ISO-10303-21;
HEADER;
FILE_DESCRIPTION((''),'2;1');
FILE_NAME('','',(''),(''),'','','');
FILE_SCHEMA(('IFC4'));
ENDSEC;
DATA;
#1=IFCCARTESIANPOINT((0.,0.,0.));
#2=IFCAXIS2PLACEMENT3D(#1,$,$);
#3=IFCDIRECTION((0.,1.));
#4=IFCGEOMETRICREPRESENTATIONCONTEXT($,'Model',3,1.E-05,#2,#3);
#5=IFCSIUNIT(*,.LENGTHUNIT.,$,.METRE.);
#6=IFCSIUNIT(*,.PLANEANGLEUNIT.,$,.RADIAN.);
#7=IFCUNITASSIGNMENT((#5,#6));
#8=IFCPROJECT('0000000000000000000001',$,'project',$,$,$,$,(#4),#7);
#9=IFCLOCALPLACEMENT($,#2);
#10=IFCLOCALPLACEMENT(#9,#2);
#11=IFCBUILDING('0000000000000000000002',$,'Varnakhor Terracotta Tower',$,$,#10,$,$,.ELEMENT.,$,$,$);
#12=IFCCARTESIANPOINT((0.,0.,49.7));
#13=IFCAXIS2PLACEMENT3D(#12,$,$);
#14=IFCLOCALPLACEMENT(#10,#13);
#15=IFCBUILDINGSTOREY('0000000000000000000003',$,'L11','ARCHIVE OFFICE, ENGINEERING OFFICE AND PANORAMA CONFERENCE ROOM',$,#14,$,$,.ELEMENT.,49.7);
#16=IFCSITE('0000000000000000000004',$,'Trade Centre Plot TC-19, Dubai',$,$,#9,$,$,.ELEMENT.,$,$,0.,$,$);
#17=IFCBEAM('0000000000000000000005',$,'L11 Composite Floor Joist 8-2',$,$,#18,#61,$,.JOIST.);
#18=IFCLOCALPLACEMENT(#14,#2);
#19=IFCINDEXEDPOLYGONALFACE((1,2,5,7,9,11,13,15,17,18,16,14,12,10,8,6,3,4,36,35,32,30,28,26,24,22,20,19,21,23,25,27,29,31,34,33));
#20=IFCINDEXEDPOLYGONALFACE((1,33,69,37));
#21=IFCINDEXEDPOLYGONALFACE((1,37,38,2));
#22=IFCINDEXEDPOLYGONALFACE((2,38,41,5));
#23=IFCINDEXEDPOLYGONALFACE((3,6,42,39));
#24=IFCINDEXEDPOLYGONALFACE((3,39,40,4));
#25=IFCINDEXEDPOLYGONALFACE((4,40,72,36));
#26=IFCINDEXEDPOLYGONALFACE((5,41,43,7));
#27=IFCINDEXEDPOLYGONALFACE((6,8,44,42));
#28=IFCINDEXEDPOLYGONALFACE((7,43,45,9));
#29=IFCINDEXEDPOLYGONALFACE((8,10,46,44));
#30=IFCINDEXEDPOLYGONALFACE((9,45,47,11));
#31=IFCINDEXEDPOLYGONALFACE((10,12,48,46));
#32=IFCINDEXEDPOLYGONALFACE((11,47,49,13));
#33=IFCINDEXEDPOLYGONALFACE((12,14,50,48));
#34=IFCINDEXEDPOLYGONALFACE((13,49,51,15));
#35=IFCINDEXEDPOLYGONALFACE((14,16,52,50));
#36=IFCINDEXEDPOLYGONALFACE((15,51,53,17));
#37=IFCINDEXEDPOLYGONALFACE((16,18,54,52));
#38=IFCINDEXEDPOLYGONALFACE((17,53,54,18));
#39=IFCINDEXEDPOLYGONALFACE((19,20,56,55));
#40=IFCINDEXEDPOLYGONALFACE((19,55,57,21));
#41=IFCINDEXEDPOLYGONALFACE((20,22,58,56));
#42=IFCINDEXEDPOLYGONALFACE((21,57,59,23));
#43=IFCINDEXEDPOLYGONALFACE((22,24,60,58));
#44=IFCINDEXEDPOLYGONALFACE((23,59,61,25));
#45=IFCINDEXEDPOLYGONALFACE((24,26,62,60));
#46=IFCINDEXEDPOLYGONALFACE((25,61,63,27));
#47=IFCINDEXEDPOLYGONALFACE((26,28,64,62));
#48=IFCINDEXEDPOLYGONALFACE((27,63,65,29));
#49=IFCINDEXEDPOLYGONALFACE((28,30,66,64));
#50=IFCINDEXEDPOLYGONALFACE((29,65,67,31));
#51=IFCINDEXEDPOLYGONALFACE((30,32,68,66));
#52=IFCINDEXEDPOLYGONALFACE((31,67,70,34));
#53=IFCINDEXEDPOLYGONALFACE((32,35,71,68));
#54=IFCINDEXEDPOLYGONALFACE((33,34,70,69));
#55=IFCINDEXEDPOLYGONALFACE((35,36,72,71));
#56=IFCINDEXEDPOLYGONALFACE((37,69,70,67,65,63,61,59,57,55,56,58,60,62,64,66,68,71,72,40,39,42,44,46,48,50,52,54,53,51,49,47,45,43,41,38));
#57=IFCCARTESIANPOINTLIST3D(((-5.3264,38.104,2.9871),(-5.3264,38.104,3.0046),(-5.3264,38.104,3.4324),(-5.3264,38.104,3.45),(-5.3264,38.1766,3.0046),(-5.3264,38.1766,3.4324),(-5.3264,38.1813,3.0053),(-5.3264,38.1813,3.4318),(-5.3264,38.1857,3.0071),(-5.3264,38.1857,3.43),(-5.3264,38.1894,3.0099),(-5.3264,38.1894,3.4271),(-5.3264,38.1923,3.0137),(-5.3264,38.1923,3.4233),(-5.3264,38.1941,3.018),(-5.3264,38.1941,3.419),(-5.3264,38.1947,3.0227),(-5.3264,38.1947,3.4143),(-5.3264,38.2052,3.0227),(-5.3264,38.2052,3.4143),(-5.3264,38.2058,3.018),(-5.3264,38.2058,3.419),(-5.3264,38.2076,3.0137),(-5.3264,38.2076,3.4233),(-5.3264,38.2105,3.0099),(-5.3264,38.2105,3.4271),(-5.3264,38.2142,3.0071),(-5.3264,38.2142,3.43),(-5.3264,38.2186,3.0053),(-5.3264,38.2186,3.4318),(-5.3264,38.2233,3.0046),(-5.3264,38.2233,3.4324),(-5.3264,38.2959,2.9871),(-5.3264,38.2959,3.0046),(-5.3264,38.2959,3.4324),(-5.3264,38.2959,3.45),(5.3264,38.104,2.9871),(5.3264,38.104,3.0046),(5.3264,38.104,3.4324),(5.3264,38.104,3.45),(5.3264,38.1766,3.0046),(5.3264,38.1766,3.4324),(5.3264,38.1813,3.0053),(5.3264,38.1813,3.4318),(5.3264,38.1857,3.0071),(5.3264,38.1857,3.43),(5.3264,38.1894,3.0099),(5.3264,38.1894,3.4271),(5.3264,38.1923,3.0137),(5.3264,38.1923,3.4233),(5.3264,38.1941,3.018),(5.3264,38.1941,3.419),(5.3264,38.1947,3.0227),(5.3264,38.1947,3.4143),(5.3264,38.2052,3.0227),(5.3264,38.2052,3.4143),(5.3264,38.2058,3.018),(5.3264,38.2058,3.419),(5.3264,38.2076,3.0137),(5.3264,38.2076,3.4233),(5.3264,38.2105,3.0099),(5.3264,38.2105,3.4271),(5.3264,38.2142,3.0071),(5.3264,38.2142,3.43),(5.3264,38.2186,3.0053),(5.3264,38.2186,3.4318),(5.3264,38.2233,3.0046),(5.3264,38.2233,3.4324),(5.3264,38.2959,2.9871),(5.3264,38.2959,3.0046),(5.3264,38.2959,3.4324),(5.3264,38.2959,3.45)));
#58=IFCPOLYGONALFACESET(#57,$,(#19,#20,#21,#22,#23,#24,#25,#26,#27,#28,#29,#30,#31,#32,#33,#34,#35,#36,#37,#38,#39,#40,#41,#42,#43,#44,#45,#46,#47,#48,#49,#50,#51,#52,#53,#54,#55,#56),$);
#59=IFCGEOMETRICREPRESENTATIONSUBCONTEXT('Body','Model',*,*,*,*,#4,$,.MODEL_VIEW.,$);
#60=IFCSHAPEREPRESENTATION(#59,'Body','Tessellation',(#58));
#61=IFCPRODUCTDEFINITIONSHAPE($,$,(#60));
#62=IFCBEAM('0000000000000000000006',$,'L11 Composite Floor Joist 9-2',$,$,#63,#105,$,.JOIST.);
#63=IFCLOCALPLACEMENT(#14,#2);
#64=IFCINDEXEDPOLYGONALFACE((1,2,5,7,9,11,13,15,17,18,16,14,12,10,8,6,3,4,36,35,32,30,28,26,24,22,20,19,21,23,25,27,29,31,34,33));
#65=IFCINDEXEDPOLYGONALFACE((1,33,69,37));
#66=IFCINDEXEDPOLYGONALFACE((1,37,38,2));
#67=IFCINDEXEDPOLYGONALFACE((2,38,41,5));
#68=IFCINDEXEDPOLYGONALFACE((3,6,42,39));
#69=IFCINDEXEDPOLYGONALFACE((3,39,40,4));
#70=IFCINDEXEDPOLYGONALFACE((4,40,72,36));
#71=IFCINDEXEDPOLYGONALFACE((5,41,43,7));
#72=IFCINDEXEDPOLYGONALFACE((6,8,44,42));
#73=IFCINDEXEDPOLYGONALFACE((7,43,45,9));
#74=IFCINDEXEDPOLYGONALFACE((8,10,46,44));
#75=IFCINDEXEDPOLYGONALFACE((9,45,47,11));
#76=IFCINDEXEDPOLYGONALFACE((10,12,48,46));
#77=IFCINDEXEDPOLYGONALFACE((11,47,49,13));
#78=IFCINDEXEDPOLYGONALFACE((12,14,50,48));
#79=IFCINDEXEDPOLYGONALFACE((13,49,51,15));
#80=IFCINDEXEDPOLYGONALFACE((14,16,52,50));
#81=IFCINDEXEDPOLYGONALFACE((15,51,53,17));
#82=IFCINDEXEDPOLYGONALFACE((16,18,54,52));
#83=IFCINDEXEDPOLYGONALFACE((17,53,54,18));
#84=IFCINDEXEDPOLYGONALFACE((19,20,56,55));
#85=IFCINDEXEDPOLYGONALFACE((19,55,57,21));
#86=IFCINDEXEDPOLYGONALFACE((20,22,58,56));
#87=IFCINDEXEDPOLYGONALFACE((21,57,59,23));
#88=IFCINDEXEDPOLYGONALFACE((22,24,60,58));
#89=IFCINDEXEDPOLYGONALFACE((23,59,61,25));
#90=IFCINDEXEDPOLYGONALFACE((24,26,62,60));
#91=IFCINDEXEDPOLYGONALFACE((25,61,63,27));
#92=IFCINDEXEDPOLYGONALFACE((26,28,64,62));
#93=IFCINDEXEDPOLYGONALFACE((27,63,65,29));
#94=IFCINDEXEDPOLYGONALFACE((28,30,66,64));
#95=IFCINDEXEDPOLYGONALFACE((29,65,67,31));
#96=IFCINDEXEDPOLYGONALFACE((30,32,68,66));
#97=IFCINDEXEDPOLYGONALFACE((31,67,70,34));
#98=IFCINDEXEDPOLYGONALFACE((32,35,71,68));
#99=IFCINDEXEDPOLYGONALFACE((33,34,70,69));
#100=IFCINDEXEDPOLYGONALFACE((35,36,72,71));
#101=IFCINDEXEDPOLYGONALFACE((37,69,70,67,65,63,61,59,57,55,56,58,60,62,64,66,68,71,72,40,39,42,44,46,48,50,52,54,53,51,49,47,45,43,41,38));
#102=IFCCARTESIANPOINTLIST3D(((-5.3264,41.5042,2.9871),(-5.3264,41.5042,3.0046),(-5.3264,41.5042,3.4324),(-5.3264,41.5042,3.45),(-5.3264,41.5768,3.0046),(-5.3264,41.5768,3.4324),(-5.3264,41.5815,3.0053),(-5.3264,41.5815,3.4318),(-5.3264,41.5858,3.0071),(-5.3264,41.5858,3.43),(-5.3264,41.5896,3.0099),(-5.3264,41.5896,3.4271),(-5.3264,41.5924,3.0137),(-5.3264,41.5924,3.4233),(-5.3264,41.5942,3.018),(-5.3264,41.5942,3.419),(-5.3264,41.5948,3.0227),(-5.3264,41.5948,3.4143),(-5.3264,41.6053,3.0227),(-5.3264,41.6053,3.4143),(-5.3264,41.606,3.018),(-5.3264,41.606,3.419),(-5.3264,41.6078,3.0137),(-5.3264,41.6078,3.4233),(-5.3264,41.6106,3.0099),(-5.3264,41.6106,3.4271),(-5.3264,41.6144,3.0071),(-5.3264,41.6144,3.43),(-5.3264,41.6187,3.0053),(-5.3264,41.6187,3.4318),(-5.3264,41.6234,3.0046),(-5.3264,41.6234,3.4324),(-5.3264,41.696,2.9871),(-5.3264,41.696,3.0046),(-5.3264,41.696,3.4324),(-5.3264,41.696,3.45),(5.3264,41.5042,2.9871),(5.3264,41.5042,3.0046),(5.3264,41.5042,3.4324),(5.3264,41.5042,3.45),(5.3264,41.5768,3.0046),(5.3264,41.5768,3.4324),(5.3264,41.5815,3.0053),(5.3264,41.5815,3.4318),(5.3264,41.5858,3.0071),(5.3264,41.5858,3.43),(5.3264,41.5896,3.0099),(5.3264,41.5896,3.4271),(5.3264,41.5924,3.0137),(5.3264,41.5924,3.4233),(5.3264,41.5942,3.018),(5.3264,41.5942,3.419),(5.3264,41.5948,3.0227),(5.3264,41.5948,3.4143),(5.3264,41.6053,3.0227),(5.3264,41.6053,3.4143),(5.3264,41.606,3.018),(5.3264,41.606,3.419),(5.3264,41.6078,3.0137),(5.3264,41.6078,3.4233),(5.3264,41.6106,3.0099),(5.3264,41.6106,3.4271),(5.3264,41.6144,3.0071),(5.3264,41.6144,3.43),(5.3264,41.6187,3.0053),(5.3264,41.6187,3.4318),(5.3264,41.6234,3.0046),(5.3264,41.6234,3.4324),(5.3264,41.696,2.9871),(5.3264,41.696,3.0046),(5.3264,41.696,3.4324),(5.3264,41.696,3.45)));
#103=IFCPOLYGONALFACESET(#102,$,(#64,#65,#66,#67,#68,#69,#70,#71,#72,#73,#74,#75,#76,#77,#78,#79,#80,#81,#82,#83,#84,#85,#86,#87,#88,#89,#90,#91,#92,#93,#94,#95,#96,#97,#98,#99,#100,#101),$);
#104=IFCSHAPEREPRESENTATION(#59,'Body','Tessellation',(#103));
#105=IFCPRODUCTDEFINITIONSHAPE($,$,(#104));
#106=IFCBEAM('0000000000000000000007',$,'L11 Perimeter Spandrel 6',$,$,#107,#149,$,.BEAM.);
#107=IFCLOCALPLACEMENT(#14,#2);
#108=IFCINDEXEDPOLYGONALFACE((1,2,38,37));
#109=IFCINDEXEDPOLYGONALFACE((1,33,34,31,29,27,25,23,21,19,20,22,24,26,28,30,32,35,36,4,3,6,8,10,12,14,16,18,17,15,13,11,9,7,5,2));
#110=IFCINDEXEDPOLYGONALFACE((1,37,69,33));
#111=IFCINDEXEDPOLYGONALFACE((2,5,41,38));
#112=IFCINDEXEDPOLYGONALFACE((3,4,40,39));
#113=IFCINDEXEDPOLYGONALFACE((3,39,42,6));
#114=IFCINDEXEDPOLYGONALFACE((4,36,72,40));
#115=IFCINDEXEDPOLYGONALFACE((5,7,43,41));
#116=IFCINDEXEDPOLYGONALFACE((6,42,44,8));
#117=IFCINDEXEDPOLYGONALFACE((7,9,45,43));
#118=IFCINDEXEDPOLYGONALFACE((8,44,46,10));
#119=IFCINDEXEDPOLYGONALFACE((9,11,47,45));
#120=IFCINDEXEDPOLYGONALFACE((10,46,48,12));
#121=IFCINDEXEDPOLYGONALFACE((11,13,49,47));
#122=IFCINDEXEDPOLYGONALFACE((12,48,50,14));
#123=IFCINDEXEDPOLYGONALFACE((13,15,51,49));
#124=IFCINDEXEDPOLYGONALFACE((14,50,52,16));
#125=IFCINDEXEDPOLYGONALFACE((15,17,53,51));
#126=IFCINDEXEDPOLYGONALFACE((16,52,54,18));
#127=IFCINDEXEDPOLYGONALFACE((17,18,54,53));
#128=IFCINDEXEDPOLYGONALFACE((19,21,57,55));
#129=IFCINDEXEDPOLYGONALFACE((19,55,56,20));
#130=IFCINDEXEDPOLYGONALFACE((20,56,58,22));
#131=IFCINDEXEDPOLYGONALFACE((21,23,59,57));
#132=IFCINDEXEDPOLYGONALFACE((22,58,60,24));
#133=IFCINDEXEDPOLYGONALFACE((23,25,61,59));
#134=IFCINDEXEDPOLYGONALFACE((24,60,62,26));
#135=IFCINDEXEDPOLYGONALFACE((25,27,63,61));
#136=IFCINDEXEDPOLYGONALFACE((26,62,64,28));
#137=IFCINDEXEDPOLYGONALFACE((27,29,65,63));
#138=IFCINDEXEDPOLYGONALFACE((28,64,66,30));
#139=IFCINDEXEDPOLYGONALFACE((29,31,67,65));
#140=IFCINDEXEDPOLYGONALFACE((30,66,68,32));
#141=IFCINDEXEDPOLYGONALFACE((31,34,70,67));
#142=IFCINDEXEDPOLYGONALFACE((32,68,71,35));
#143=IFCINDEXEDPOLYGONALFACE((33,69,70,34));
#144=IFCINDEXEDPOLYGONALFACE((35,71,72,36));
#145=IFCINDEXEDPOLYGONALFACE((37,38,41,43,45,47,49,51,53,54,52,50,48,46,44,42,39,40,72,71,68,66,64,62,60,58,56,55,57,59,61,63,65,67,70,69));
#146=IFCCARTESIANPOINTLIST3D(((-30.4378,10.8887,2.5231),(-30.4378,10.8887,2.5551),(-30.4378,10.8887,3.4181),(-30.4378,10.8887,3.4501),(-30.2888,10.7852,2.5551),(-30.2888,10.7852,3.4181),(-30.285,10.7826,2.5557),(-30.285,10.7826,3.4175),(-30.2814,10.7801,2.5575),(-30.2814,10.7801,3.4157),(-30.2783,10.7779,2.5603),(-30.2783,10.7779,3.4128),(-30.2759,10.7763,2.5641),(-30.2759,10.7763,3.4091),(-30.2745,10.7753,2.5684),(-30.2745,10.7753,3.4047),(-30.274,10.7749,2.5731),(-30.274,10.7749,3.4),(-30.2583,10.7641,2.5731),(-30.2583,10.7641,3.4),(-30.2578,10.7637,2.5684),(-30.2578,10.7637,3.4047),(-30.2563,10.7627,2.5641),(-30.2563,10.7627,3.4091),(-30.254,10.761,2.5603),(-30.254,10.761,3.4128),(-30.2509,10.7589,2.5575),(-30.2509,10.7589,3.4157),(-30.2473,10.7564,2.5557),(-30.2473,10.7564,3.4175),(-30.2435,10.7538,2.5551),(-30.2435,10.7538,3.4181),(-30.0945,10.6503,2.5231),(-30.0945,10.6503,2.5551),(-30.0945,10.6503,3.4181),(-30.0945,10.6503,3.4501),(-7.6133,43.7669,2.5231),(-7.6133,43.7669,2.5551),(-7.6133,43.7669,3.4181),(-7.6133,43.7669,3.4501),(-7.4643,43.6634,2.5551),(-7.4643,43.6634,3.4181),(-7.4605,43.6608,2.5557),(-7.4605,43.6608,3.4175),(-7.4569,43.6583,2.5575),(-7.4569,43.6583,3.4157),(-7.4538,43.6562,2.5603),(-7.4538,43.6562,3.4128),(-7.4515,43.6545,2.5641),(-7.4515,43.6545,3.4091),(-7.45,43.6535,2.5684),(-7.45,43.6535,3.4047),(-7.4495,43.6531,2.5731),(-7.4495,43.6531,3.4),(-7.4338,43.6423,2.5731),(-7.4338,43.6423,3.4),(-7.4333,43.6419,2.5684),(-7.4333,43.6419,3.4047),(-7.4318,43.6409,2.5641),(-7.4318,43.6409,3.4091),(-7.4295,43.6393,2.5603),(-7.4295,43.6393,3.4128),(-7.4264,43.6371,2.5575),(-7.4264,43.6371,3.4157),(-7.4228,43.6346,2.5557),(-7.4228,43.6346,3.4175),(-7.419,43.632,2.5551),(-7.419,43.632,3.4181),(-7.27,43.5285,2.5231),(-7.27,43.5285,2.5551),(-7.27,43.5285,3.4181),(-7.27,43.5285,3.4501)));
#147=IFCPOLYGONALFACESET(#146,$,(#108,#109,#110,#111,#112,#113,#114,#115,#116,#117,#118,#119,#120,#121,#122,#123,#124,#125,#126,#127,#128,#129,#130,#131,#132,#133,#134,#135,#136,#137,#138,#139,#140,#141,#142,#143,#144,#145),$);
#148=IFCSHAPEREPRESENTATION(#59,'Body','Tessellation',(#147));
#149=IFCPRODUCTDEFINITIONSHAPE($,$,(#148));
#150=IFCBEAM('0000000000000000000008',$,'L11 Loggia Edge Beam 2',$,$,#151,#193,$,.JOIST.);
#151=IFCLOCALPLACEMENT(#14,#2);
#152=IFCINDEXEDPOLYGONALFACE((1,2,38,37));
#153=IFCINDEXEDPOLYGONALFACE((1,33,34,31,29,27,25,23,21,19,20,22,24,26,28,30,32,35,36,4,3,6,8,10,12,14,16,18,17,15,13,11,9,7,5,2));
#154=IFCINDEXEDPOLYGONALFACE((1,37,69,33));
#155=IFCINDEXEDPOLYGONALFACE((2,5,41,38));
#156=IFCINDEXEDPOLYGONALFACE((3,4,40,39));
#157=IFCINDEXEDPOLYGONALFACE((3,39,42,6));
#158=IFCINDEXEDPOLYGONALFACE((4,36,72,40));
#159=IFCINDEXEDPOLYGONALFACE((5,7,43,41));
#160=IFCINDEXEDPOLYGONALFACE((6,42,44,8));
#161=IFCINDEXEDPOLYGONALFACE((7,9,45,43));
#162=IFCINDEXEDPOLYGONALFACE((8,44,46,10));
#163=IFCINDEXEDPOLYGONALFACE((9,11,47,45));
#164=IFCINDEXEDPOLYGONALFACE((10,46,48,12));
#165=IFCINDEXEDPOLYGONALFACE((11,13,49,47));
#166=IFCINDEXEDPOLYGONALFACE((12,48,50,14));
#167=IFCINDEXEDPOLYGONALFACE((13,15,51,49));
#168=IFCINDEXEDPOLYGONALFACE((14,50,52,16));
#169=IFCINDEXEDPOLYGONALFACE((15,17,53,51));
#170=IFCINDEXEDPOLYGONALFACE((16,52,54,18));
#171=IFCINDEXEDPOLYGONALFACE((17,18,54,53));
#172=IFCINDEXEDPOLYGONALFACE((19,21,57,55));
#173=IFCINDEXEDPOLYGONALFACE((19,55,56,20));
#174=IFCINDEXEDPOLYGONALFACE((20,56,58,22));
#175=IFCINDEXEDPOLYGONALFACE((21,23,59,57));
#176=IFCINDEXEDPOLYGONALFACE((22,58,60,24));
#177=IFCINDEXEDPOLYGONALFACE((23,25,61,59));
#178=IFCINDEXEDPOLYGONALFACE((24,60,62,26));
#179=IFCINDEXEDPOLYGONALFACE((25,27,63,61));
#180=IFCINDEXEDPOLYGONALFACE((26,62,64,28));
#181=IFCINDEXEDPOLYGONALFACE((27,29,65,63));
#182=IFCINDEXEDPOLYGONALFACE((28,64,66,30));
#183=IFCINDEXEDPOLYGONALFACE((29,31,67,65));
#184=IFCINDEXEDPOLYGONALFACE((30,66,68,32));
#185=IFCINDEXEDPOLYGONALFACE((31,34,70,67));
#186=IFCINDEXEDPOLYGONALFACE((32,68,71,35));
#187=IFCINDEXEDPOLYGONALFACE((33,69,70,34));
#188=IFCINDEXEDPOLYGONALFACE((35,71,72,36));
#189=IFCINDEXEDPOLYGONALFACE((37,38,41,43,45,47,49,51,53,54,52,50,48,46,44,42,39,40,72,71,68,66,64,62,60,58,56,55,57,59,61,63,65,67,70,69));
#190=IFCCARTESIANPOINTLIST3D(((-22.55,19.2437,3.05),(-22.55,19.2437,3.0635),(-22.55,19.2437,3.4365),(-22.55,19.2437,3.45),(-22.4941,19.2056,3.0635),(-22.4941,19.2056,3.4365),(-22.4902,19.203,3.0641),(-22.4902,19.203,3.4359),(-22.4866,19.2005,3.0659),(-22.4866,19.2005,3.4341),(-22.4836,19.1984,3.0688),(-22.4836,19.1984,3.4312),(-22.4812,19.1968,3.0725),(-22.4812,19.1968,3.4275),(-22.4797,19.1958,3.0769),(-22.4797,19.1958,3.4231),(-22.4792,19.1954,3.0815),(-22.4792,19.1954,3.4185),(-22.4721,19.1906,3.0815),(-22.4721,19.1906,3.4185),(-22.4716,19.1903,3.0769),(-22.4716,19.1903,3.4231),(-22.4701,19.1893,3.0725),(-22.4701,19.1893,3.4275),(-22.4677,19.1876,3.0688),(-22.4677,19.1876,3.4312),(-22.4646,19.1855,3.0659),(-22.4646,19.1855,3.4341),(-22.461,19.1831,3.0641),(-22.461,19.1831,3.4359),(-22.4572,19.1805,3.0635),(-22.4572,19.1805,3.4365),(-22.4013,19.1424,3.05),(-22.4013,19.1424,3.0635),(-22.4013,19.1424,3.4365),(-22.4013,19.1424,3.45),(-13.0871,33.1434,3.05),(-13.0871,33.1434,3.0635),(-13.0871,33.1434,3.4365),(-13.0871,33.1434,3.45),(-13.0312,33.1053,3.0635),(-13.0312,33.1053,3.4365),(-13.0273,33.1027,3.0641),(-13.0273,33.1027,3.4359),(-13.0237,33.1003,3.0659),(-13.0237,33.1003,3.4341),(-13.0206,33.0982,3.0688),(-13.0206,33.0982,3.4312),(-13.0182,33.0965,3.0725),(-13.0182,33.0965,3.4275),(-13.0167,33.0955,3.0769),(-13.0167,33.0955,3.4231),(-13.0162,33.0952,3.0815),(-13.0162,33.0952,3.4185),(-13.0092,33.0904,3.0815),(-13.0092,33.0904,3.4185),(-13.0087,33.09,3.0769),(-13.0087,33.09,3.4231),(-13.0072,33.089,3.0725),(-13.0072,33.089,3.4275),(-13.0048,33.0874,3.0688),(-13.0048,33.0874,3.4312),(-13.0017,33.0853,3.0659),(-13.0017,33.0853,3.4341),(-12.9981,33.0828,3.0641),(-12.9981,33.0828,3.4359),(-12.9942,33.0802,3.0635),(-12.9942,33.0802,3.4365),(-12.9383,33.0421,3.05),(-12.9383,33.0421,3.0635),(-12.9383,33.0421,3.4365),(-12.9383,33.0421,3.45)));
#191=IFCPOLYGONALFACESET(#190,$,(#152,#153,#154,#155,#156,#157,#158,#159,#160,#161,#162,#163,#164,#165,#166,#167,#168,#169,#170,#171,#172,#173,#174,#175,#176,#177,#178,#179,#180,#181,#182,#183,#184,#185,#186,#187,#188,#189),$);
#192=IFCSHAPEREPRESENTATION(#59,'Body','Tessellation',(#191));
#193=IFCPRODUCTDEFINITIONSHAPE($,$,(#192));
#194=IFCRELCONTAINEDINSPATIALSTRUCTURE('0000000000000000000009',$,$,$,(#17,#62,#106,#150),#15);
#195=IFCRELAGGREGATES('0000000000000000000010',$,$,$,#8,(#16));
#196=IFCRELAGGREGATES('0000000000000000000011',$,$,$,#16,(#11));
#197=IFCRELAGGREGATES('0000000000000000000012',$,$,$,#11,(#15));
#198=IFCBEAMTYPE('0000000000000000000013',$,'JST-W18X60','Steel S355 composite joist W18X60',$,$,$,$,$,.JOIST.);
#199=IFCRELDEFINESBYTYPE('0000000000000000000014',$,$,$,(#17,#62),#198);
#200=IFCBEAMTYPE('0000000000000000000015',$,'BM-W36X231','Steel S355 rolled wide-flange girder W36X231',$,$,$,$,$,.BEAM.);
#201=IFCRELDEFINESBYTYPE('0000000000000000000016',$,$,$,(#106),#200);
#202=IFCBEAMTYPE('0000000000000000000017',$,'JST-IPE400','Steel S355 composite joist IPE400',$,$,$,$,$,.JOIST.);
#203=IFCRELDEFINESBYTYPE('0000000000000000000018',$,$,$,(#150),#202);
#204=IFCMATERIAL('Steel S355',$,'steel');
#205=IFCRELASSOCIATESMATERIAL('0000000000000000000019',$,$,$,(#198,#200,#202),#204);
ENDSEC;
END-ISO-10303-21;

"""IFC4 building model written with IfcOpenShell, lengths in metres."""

from ifc_helpers import new_model, si_unit, direction, frame, origin, origin_2d, place, context, subcontext, project, spatial, i_section, extrude, source, transform, mapped, material, material_profile, profile_set, type_object, element, save


model = new_model("IFC4")

# Units and contexts
model_context = context("Model", 3, precision=1e-05, world=origin(), true_north=direction((0.0, 1.0)))
body_context = subcontext(model_context, "Body", "Model", "MODEL_VIEW")
ifc_project = project(units=[si_unit("LENGTHUNIT", "METRE"), si_unit("PLANEANGLEUNIT", "RADIAN")], contexts=[model_context])

# Site, building, storey
site_placement = place(None, origin())
site = spatial("IfcSite", under=ifc_project, at=site_placement, Name="Trade Centre Plot TC-19, Dubai", CompositionType="ELEMENT", RefElevation=0.0)
building_placement = place(site_placement, origin())
building = spatial("IfcBuilding", under=site, at=building_placement, Name="Varnakhor Terracotta Tower", CompositionType="ELEMENT")
storey_placement = place(building_placement, frame((0.0, 0.0, 49.7)))
storey = spatial("IfcBuildingStorey", under=building, at=storey_placement, Name="L11", Description="ARCHIVE OFFICE, ENGINEERING OFFICE AND PANORAMA CONFERENCE ROOM", CompositionType="ELEMENT", Elevation=49.7)

# Beams
ifc_material_1 = material(Name="Steel S355", Category="steel")
ifc_material_profile_1 = material_profile(ifc_material_1, i_section(OverallWidth=0.1919, OverallDepth=0.4629, WebThickness=0.0105, FlangeThickness=0.0176, FilletRadius=0.0181, at=origin_2d()), Name="W18X60")
ifc_profile_set_1 = profile_set([ifc_material_profile_1], Name="Steel S355")
beam_type_1 = type_object("IfcBeamType", Name="JST-W18X60", Description="Steel S355 composite joist W18X60", PredefinedType="JOIST", material=ifc_profile_set_1)
shared_shape_1 = source(origin(), body_context, "Body", "SweptSolid", [
    extrude(i_section(OverallWidth=0.1919, OverallDepth=0.4629, WebThickness=0.0105, FlangeThickness=0.0176, FilletRadius=0.0181, at=origin_2d()), origin(), (0.0, 0.0, 1.0), 10.6528),
])
for number, where, z_axis, x_axis, name in (
    (1, (-5.3264, 38.2, 3.2185), (1.0, 0.0, 0.0), (0.0, 1.0, 0.0), "L11 Composite Floor Joist 8-2"),
    (2, (-5.3264, 41.6001, 3.2185), (1.0, 0.0, 0.0), (0.0, 1.0, 0.0), "L11 Composite Floor Joist 9-2"),
):
    element("IfcBeam", number, at=place(storey_placement, frame(where, z_axis=z_axis, x_axis=x_axis)), inside=storey, type_object=beam_type_1, Name=name, PredefinedType="JOIST", context=body_context, shape_type="MappedRepresentation", body=[
        mapped(shared_shape_1, transform((0.0, 0.0, 0.0), scale=1.0)),
    ])
ifc_material_profile_2 = material_profile(ifc_material_1, i_section(OverallWidth=0.418, OverallDepth=0.927, WebThickness=0.019, FlangeThickness=0.032, FilletRadius=0.0181, at=origin_2d()), Name="W36X231")
ifc_profile_set_2 = profile_set([ifc_material_profile_2], Name="Steel S355")
beam_type_2 = type_object("IfcBeamType", Name="BM-W36X231", Description="Steel S355 rolled wide-flange girder W36X231", PredefinedType="BEAM", material=ifc_profile_set_2)
shared_shape_2 = source(origin(), body_context, "Body", "SweptSolid", [
    extrude(i_section(OverallWidth=0.418, OverallDepth=0.927, WebThickness=0.019, FlangeThickness=0.032, FilletRadius=0.0181, at=origin_2d()), origin(), (0.0, 0.0, 1.0), 40.0242),
])
beam_1_placement = place(storey_placement, frame((-7.4417, 43.6477, 2.9866), z_axis=(-0.570268, -0.821459, 0.0), x_axis=(0.821459, -0.570268, 0.0)))
element("IfcBeam", 3, at=beam_1_placement, inside=storey, type_object=beam_type_2, Name="L11 Perimeter Spandrel 6", PredefinedType="BEAM", context=body_context, shape_type="MappedRepresentation", body=[
    mapped(shared_shape_2, transform((0.0, 0.0, 0.0), scale=1.0)),
])
ifc_material_profile_3 = material_profile(ifc_material_1, i_section(OverallWidth=0.1799, OverallDepth=0.3999, WebThickness=0.0085, FlangeThickness=0.0134, FilletRadius=0.0181, at=origin_2d()), Name="IPE400")
ifc_profile_set_3 = profile_set([ifc_material_profile_3], Name="Steel S355")
beam_type_3 = type_object("IfcBeamType", Name="JST-IPE400", Description="Steel S355 composite joist IPE400", PredefinedType="JOIST", material=ifc_profile_set_3)
shared_shape_3 = source(origin(), body_context, "Body", "SweptSolid", [
    extrude(i_section(OverallWidth=0.1799, OverallDepth=0.3999, WebThickness=0.0085, FlangeThickness=0.0134, FilletRadius=0.0181, at=origin_2d()), origin(), (0.0, 0.0, 1.0), 16.8152),
])
beam_2_placement = place(storey_placement, frame((-13.0127, 33.0928, 3.25), z_axis=(-0.562762, -0.826619, 0.0), x_axis=(0.826619, -0.562762, 0.0)))
element("IfcBeam", 4, at=beam_2_placement, inside=storey, type_object=beam_type_3, Name="L11 Loggia Edge Beam 2", PredefinedType="JOIST", context=body_context, shape_type="MappedRepresentation", body=[
    mapped(shared_shape_3, transform((0.0, 0.0, 0.0), scale=1.0)),
])

save(model, "model.ifc")
